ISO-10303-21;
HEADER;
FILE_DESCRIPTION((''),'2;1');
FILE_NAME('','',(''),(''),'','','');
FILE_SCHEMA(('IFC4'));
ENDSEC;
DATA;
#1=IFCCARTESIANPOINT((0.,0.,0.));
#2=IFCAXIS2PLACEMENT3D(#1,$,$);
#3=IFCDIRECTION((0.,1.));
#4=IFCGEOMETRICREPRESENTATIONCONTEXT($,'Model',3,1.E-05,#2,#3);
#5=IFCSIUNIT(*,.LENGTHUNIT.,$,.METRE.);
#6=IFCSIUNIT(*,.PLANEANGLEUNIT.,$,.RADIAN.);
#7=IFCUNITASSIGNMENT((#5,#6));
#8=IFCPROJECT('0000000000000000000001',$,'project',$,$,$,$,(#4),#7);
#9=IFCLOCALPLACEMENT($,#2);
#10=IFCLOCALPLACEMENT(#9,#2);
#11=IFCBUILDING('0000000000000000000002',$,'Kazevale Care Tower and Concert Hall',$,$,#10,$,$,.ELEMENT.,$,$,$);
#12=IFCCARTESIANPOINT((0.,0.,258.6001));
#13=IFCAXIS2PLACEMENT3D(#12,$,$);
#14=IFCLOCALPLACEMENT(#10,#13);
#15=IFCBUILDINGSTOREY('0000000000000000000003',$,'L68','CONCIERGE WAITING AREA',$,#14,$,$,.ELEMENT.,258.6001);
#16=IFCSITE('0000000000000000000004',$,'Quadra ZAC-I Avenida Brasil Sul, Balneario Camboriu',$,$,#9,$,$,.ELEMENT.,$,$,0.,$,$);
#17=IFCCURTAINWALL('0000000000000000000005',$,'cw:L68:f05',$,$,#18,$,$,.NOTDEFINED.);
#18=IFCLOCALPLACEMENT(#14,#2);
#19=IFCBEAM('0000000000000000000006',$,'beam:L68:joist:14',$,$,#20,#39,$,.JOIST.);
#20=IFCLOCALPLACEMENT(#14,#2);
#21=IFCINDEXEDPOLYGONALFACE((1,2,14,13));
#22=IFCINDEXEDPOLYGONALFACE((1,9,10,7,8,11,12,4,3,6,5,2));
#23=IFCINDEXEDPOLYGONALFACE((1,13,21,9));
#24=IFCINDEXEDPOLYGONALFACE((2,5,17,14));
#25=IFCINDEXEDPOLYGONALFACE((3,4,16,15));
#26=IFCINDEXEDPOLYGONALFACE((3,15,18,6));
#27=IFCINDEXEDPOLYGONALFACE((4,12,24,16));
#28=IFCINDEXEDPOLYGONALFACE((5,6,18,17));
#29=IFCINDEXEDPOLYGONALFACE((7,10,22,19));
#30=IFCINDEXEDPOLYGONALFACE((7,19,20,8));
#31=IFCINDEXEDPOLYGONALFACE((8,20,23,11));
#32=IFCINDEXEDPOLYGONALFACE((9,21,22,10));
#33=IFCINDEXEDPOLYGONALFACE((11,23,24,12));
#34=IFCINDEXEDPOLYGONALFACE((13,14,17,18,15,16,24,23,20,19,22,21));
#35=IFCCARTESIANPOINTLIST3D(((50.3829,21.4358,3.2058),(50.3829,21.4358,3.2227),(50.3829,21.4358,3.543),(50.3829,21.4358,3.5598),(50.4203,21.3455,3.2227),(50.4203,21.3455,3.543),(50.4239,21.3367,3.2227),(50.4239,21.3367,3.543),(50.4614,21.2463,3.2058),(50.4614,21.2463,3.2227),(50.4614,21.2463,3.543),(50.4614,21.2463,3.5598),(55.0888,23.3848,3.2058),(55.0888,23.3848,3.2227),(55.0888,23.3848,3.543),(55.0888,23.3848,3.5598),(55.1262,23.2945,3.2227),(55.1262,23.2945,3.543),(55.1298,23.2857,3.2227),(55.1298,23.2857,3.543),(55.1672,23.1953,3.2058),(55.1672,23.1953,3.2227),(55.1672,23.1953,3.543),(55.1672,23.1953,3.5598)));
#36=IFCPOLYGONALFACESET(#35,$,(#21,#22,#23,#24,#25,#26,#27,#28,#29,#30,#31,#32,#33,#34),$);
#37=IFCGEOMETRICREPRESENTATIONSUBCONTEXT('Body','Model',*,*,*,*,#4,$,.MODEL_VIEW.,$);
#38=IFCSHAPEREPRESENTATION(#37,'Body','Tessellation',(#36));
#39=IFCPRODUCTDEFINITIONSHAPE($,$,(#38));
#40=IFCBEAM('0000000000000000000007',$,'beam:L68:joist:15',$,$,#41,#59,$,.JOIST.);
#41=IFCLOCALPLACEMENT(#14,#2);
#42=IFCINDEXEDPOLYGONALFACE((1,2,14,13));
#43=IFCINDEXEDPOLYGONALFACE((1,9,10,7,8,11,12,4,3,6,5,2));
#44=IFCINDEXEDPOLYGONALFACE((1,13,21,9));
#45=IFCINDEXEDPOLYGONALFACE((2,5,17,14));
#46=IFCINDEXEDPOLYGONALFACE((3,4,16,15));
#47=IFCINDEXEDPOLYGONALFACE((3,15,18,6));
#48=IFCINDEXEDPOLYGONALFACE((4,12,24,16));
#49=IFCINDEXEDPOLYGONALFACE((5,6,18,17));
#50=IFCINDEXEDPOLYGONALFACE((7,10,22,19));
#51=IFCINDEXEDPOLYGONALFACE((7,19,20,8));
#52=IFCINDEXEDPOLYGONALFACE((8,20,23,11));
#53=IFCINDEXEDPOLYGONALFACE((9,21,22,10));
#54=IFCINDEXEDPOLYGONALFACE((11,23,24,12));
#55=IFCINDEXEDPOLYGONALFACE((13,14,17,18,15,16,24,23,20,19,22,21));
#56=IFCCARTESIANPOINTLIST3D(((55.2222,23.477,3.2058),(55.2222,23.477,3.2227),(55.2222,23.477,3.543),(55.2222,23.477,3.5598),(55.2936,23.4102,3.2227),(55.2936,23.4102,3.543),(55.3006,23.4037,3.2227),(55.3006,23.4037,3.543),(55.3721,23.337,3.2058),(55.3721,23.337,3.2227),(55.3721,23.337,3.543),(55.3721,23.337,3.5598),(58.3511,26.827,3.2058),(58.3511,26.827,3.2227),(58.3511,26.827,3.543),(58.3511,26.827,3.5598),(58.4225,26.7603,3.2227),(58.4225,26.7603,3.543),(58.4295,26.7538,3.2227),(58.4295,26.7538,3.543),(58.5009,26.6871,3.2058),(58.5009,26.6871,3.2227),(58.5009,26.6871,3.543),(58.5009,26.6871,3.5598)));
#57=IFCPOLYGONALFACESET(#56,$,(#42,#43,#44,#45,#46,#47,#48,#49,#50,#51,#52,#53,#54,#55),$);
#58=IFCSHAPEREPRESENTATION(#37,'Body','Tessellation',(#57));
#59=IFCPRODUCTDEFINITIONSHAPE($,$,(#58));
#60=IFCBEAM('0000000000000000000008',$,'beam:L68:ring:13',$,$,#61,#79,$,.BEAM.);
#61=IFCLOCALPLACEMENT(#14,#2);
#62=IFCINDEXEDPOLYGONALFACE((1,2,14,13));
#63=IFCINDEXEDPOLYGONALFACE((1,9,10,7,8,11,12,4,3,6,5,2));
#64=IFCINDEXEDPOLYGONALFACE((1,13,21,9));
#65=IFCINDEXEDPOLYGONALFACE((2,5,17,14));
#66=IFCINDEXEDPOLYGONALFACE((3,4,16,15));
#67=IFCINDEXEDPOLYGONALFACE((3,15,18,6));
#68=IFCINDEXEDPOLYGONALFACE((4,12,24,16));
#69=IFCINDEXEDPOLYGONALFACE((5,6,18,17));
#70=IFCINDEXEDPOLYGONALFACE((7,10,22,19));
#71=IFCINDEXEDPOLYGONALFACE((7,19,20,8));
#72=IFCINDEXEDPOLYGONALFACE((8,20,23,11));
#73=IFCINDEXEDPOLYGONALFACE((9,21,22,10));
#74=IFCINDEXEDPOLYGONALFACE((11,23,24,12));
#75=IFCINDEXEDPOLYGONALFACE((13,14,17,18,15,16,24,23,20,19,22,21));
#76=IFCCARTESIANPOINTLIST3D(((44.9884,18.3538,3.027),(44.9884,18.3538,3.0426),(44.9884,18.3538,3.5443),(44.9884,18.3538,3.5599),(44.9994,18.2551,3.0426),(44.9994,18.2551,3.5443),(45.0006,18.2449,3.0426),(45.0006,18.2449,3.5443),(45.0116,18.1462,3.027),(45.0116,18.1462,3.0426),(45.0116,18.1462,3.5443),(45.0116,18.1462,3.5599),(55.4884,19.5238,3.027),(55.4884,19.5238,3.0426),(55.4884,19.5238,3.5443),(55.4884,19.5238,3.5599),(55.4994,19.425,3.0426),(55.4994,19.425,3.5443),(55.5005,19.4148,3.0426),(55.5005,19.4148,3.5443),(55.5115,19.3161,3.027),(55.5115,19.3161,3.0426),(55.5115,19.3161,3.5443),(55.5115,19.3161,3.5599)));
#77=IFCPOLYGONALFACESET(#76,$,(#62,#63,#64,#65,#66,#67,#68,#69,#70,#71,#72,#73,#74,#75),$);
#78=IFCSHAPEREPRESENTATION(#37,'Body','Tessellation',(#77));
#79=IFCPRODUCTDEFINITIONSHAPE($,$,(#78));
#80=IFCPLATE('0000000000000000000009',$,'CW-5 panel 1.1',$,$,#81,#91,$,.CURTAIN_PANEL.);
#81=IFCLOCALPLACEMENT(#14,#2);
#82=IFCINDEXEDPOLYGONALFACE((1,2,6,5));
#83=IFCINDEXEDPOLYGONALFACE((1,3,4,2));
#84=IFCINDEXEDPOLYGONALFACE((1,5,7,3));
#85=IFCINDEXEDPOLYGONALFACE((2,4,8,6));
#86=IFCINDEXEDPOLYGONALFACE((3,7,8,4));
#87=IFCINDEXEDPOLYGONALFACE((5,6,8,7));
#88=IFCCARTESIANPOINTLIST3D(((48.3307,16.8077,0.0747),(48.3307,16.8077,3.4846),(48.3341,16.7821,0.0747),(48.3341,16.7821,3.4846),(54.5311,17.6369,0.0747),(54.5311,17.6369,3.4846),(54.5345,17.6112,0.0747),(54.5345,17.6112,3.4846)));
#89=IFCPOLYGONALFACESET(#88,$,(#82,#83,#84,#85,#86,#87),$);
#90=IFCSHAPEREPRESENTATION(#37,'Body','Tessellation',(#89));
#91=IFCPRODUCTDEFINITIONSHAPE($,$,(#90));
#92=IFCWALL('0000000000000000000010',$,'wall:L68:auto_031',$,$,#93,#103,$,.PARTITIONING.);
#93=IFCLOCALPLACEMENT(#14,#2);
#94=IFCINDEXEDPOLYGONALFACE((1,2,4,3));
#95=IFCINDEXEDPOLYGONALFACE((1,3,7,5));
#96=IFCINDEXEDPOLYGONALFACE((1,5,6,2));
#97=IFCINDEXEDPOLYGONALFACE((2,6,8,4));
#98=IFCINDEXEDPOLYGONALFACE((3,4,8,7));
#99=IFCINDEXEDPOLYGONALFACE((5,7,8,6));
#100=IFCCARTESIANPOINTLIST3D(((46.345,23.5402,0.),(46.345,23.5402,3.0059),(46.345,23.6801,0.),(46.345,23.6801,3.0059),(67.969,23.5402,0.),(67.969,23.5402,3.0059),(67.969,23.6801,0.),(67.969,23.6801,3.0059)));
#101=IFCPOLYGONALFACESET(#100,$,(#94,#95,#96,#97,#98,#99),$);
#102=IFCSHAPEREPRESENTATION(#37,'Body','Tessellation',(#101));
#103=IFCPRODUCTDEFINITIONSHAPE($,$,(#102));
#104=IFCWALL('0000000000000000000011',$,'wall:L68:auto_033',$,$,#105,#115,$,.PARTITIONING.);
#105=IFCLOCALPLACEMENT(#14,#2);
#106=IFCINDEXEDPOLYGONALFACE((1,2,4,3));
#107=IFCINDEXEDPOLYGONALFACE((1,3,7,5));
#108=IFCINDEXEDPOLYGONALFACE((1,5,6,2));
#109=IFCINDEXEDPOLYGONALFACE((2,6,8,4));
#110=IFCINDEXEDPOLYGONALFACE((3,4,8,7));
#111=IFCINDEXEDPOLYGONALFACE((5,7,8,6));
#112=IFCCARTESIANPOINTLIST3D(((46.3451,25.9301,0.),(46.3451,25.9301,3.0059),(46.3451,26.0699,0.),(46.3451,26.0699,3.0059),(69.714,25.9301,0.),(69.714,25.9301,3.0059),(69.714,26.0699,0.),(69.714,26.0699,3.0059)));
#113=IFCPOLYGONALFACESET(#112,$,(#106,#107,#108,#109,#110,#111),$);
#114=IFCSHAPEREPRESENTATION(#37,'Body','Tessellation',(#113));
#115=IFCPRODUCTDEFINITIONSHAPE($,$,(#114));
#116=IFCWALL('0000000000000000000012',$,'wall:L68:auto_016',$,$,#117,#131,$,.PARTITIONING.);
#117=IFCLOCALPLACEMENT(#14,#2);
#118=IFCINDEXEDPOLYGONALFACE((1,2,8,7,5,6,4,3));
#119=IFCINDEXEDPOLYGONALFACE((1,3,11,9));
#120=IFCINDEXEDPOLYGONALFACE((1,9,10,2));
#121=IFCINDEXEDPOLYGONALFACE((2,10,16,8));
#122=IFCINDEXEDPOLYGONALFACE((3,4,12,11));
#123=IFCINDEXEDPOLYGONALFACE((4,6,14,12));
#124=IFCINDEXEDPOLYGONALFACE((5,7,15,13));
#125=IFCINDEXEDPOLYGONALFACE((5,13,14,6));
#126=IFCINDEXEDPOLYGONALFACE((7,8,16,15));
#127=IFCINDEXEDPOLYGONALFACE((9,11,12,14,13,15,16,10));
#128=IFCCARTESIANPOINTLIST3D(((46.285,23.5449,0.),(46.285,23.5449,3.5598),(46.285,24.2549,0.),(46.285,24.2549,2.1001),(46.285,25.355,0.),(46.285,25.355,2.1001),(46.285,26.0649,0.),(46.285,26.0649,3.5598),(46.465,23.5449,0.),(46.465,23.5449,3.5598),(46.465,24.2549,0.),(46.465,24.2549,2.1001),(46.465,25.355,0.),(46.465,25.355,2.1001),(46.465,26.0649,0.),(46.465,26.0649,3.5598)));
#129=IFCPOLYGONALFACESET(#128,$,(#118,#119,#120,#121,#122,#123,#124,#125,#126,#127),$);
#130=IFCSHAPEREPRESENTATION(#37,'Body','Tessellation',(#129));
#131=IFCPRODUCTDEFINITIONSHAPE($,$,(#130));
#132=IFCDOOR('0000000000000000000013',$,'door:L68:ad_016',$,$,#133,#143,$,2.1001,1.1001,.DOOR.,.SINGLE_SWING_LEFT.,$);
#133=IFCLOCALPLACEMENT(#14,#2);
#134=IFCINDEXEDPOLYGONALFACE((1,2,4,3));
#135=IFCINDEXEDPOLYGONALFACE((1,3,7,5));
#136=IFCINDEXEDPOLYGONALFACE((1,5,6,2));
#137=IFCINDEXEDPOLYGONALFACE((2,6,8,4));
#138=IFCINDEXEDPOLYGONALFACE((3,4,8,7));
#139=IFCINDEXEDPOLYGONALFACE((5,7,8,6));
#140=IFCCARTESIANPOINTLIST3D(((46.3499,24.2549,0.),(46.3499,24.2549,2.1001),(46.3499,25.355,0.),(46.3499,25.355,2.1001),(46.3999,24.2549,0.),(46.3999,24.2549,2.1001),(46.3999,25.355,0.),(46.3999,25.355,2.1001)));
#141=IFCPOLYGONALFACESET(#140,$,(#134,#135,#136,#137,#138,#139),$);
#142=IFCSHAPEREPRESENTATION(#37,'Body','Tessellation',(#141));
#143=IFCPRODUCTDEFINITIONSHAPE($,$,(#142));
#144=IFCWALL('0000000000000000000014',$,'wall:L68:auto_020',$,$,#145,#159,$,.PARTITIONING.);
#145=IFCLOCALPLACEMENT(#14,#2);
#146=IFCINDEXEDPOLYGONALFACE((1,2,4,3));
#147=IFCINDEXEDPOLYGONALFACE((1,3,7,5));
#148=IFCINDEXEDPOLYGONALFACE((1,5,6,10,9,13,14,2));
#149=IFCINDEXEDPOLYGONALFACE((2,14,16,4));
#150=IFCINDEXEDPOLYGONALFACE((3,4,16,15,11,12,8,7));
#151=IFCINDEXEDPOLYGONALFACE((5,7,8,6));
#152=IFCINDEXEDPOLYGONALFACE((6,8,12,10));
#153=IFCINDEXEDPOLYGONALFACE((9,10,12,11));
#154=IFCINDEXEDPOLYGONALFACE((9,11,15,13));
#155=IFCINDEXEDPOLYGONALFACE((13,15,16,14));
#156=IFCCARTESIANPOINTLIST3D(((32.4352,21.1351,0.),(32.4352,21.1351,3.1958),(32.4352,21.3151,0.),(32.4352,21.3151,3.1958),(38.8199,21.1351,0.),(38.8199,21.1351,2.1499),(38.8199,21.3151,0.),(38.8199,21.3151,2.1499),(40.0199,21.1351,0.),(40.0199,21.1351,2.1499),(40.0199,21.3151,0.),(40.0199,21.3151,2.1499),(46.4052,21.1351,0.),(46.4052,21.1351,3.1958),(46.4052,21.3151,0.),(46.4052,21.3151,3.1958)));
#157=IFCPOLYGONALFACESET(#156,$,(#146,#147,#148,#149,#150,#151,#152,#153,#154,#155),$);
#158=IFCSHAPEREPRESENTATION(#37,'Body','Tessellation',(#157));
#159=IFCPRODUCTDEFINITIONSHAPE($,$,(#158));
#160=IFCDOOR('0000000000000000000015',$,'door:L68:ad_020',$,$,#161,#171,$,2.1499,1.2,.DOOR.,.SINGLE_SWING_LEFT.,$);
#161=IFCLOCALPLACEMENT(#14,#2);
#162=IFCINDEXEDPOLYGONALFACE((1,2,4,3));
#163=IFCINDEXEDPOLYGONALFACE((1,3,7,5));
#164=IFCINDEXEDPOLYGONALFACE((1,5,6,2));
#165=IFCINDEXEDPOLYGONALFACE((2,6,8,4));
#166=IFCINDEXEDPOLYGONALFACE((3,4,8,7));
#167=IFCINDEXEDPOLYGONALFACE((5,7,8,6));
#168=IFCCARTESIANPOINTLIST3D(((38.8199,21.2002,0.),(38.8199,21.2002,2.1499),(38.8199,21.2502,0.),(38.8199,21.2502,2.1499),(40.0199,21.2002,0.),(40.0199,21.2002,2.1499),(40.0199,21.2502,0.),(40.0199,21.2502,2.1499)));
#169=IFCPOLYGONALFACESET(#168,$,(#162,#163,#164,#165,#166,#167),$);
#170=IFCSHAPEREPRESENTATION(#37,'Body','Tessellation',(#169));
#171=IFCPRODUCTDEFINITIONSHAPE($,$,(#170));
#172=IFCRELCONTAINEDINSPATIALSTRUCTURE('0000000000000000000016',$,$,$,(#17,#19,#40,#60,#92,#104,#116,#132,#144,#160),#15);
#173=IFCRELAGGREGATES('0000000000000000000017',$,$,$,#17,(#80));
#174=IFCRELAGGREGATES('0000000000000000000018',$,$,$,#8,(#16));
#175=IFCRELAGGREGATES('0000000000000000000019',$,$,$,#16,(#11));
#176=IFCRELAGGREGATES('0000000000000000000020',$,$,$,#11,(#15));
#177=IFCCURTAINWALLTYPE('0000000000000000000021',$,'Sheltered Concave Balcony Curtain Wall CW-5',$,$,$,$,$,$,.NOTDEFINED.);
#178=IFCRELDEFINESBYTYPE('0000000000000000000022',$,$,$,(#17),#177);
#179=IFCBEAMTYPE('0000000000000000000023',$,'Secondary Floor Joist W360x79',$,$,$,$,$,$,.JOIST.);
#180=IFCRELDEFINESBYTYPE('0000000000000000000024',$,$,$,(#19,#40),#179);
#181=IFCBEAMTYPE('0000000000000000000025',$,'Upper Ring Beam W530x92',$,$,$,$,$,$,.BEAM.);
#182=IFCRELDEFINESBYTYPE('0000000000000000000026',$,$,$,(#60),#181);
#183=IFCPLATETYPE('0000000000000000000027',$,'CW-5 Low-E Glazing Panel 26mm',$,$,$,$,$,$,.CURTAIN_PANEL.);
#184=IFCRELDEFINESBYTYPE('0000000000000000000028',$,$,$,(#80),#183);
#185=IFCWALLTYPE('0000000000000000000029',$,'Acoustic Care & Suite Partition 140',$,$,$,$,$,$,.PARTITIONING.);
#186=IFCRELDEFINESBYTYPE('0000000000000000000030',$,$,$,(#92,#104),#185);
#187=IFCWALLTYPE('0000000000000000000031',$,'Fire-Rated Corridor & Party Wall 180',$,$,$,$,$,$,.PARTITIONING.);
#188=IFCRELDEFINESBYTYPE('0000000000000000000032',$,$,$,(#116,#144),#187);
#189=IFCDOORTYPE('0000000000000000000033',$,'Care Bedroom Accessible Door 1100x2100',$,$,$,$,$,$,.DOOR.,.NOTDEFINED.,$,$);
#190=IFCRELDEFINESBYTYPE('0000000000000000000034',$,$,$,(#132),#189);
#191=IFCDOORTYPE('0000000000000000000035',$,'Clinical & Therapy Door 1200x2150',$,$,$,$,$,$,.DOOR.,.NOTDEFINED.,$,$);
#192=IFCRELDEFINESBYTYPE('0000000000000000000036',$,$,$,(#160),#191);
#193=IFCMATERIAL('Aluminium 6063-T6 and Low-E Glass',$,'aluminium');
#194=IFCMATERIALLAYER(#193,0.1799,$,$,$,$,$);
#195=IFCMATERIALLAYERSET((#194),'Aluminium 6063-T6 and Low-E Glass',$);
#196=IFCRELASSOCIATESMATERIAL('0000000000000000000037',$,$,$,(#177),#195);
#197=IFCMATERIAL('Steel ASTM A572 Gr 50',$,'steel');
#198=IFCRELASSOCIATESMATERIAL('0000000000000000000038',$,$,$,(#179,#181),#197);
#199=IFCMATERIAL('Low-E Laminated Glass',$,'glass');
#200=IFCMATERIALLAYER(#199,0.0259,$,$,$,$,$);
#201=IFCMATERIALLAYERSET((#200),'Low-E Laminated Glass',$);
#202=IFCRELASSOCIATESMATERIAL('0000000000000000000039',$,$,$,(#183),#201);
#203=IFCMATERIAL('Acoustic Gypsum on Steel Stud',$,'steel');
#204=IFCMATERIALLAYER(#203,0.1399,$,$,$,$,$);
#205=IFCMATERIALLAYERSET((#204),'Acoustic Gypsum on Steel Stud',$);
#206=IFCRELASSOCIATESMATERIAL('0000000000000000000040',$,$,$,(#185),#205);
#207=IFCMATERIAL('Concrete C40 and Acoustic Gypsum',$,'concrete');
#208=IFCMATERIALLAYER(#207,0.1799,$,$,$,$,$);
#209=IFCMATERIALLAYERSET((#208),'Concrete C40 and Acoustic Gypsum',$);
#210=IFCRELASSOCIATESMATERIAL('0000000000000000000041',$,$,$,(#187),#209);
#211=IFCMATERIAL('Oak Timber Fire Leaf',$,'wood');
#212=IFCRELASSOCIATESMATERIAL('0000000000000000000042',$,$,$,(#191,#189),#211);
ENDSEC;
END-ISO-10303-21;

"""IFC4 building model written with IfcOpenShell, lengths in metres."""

from ifc_helpers import new_model, si_unit, direction, frame, frame_2d, origin, origin_2d, place, context, subcontext, project, spatial, rectangle, i_section, extrude, material, layer, layer_set, material_profile, profile_set, type_object, element, fill, aggregate, save


model = new_model("IFC4")

# Units and contexts
model_context = context("Model", 3, precision=1e-05, world=origin(), true_north=direction((0.0, 1.0)))
body_context = subcontext(model_context, "Body", "Model", "MODEL_VIEW")
ifc_project = project(units=[si_unit("LENGTHUNIT", "METRE"), si_unit("PLANEANGLEUNIT", "RADIAN")], contexts=[model_context])

# Site, building, storey
site_placement = place(None, origin())
site = spatial("IfcSite", under=ifc_project, at=site_placement, Name="Quadra ZAC-I Avenida Brasil Sul, Balneario Camboriu", CompositionType="ELEMENT", RefElevation=0.0)
building_placement = place(site_placement, origin())
building = spatial("IfcBuilding", under=site, at=building_placement, Name="Kazevale Care Tower and Concert Hall", CompositionType="ELEMENT")
storey_placement = place(building_placement, frame((0.0, 0.0, 258.6001)))
storey = spatial("IfcBuildingStorey", under=building, at=storey_placement, Name="L68", Description="CONCIERGE WAITING AREA", CompositionType="ELEMENT", Elevation=258.6001)

# Curtain wall
ifc_material_1 = material(Name="Aluminium 6063-T6 and Low-E Glass", Category="aluminium")
ifc_layer_1 = layer(ifc_material_1, 0.1799)
ifc_layer_set_1 = layer_set([ifc_layer_1], Name="Aluminium 6063-T6 and Low-E Glass")
curtain_wall_type = type_object("IfcCurtainWallType", Name="Sheltered Concave Balcony Curtain Wall CW-5", PredefinedType="NOTDEFINED", material=ifc_layer_set_1)
curtain_wall_1_placement = place(storey_placement, origin())
curtain_wall_1 = element("IfcCurtainWall", 1, at=curtain_wall_1_placement, inside=storey, type_object=curtain_wall_type, Name="cw:L68:f05", PredefinedType="NOTDEFINED")

# Beams
ifc_material_2 = material(Name="Steel ASTM A572 Gr 50", Category="steel")
ifc_material_profile_1 = material_profile(ifc_material_2, i_section(OverallWidth=0.2051, OverallDepth=0.354, WebThickness=0.0095, FlangeThickness=0.0168, at=origin_2d()), Name="W360x79")
ifc_profile_set_1 = profile_set([ifc_material_profile_1], Name="Steel ASTM A572 Gr 50")
beam_type_1 = type_object("IfcBeamType", Name="Secondary Floor Joist W360x79", PredefinedType="JOIST", material=ifc_profile_set_1)
beam_1_placement = place(storey_placement, frame((50.4221, 21.3411, 3.3828), z_axis=(0.923896, 0.382644, 0.0), x_axis=(-0.382644, 0.923896, 0.0)))
element("IfcBeam", 2, at=beam_1_placement, inside=storey, type_object=beam_type_1, Name="beam:L68:joist:14", PredefinedType="JOIST", context=body_context, shape_type="SweptSolid", body=[
    extrude(i_section(OverallWidth=0.2051, OverallDepth=0.354, WebThickness=0.0095, FlangeThickness=0.0168, at=origin_2d()), origin(), (0.0, 0.0, 1.0), 5.0935),
])
beam_2_placement = place(storey_placement, frame((55.2971, 23.407, 3.3828), z_axis=(0.682569, 0.730821, 0.0), x_axis=(-0.730821, 0.682569, 0.0)))
element("IfcBeam", 3, at=beam_2_placement, inside=storey, type_object=beam_type_1, Name="beam:L68:joist:15", PredefinedType="JOIST", context=body_context, shape_type="SweptSolid", body=[
    extrude(i_section(OverallWidth=0.2051, OverallDepth=0.354, WebThickness=0.0095, FlangeThickness=0.0168, at=origin_2d()), origin(), (0.0, 0.0, 1.0), 4.584),
])
ifc_material_profile_2 = material_profile(ifc_material_2, i_section(OverallWidth=0.209, OverallDepth=0.533, WebThickness=0.0103, FlangeThickness=0.0156, at=origin_2d()), Name="W530x92")
ifc_profile_set_2 = profile_set([ifc_material_profile_2], Name="Steel ASTM A572 Gr 50")
beam_type_2 = type_object("IfcBeamType", Name="Upper Ring Beam W530x92", PredefinedType="BEAM", material=ifc_profile_set_2)
beam_3_placement = place(storey_placement, frame((45.0, 18.25, 3.2935), z_axis=(0.99385, 0.110736, 0.0), x_axis=(-0.110736, 0.99385, 0.0)))
element("IfcBeam", 4, at=beam_3_placement, inside=storey, type_object=beam_type_2, Name="beam:L68:ring:13", PredefinedType="BEAM", context=body_context, shape_type="SweptSolid", body=[
    extrude(i_section(OverallWidth=0.209, OverallDepth=0.533, WebThickness=0.0103, FlangeThickness=0.0156, at=origin_2d()), origin(), (0.0, 0.0, 1.0), 10.5649),
])

# Plate
ifc_material_3 = material(Name="Low-E Laminated Glass", Category="glass")
ifc_layer_2 = layer(ifc_material_3, 0.0259)
ifc_layer_set_2 = layer_set([ifc_layer_2], Name="Low-E Laminated Glass")
plate_type = type_object("IfcPlateType", Name="CW-5 Low-E Glazing Panel 26mm", PredefinedType="CURTAIN_PANEL", material=ifc_layer_set_2)
plate_placement = place(storey_placement, frame((51.4326, 17.2095, 0.0747), z_axis=(0.0, 0.0, 1.0), x_axis=(-0.991177, -0.132542, 0.0)))
plate = element("IfcPlate", 5, at=plate_placement, type_object=plate_type, Name="CW-5 panel 1.1", PredefinedType="CURTAIN_PANEL", context=body_context, shape_type="SweptSolid", body=[
    extrude(rectangle(XDim=6.2556, YDim=0.0259, at=origin_2d()), origin(), (0.0, 0.0, 1.0), 3.4099),
])
aggregate(curtain_wall_1, [plate])

# Walls
ifc_material_4 = material(Name="Acoustic Gypsum on Steel Stud", Category="steel")
ifc_layer_3 = layer(ifc_material_4, 0.1399)
ifc_layer_set_3 = layer_set([ifc_layer_3], Name="Acoustic Gypsum on Steel Stud")
wall_type_1 = type_object("IfcWallType", Name="Acoustic Care & Suite Partition 140", PredefinedType="PARTITIONING", material=ifc_layer_set_3)
wall_1_placement = place(storey_placement, frame((46.345, 23.6101, 0.0), z_axis=(0.0, 0.0, 1.0), x_axis=(1.0, 0.0, 0.0)))
element("IfcWall", 6, at=wall_1_placement, inside=storey, type_object=wall_type_1, Name="wall:L68:auto_031", PredefinedType="PARTITIONING", context=body_context, shape_type="SweptSolid", body=[
    extrude(rectangle(XDim=21.624, YDim=0.1399, at=frame_2d((10.812, 0.0))), origin(), (0.0, 0.0, 1.0), 3.0059),
])
wall_2_placement = place(storey_placement, frame((46.345, 26.0, 0.0), z_axis=(0.0, 0.0, 1.0), x_axis=(1.0, 0.0, 0.0)))
element("IfcWall", 7, at=wall_2_placement, inside=storey, type_object=wall_type_1, Name="wall:L68:auto_033", PredefinedType="PARTITIONING", context=body_context, shape_type="SweptSolid", body=[
    extrude(rectangle(XDim=23.3689, YDim=0.1399, at=frame_2d((11.6846, 0.0))), origin(), (0.0, 0.0, 1.0), 3.0059),
])

# Walls, openings, doors
ifc_material_5 = material(Name="Concrete C40 and Acoustic Gypsum", Category="concrete")
ifc_layer_4 = layer(ifc_material_5, 0.1799)
ifc_layer_set_4 = layer_set([ifc_layer_4], Name="Concrete C40 and Acoustic Gypsum")
wall_type_2 = type_object("IfcWallType", Name="Fire-Rated Corridor & Party Wall 180", PredefinedType="PARTITIONING", material=ifc_layer_set_4)
ifc_material_6 = material(Name="Oak Timber Fire Leaf", Category="wood")
door_type_1 = type_object("IfcDoorType", Name="Clinical & Therapy Door 1200x2150", OperationType="NOTDEFINED", PredefinedType="DOOR", material=ifc_material_6)
wall_3_placement = place(storey_placement, frame((46.375, 26.0649, 0.0), z_axis=(0.0, 0.0, 1.0), x_axis=(0.0, -1.0, 0.0)))
wall_3 = element("IfcWall", 8, at=wall_3_placement, inside=storey, type_object=wall_type_2, Name="wall:L68:auto_016", PredefinedType="PARTITIONING", context=body_context, shape_type="SweptSolid", body=[
    extrude(rectangle(XDim=2.52, YDim=0.1799, at=frame_2d((1.26, 0.0))), origin(), (0.0, 0.0, 1.0), 3.5598),
])
opening_1_placement = place(wall_3_placement, frame((0.71, 0.0, 0.0)))
opening_1 = element("IfcOpeningElement", 9, at=opening_1_placement, cuts=wall_3, PredefinedType="OPENING", context=body_context, shape_type="SweptSolid", body=[
    extrude(rectangle(XDim=1.1001, YDim=2.1001, at=frame_2d((0.55, 1.05))), frame((0.0, 0.0999, 0.0), z_axis=(0.0, -1.0, 0.0), x_axis=(1.0, 0.0, 0.0)), (0.0, 0.0, 1.0), 0.2),
])
door_type_2 = type_object("IfcDoorType", Name="Care Bedroom Accessible Door 1100x2100", OperationType="NOTDEFINED", PredefinedType="DOOR", material=ifc_material_6)
door_1_placement = place(opening_1_placement, origin())
door_1 = element("IfcDoor", 10, at=door_1_placement, inside=storey, type_object=door_type_2, Name="door:L68:ad_016", OperationType="SINGLE_SWING_LEFT", OverallHeight=2.1001, OverallWidth=1.1001, PredefinedType="DOOR", context=body_context, shape_type="SweptSolid", body=[
    extrude(rectangle(XDim=1.1001, YDim=2.1001, at=frame_2d((0.55, 1.05))), frame((0.0, 0.0249, 0.0), z_axis=(0.0, -1.0, 0.0), x_axis=(1.0, 0.0, 0.0)), (0.0, 0.0, 1.0), 0.05),
])
fill(opening_1, door_1)
wall_4_placement = place(storey_placement, frame((46.405, 21.2251, 0.0), z_axis=(0.0, 0.0, 1.0), x_axis=(-1.0, 0.0, 0.0)))
wall_4 = element("IfcWall", 11, at=wall_4_placement, inside=storey, type_object=wall_type_2, Name="wall:L68:auto_020", PredefinedType="PARTITIONING", context=body_context, shape_type="SweptSolid", body=[
    extrude(rectangle(XDim=13.97, YDim=0.1799, at=frame_2d((6.9849, 0.0))), origin(), (0.0, 0.0, 1.0), 3.1958),
])
opening_2_placement = place(wall_4_placement, frame((6.385, 0.0, 0.0)))
opening_2 = element("IfcOpeningElement", 12, at=opening_2_placement, cuts=wall_4, PredefinedType="OPENING", context=body_context, shape_type="SweptSolid", body=[
    extrude(rectangle(XDim=1.2, YDim=2.1499, at=frame_2d((0.6001, 1.075))), frame((0.0, 0.0999, 0.0), z_axis=(0.0, -1.0, 0.0), x_axis=(1.0, 0.0, 0.0)), (0.0, 0.0, 1.0), 0.2),
])
door_2_placement = place(opening_2_placement, origin())
door_2 = element("IfcDoor", 13, at=door_2_placement, inside=storey, type_object=door_type_1, Name="door:L68:ad_020", OperationType="SINGLE_SWING_LEFT", OverallHeight=2.1499, OverallWidth=1.2, PredefinedType="DOOR", context=body_context, shape_type="SweptSolid", body=[
    extrude(rectangle(XDim=1.2, YDim=2.1499, at=frame_2d((0.6001, 1.075))), frame((0.0, 0.0249, 0.0), z_axis=(0.0, -1.0, 0.0), x_axis=(1.0, 0.0, 0.0)), (0.0, 0.0, 1.0), 0.05),
])
fill(opening_2, door_2)

save(model, "model.ifc")
